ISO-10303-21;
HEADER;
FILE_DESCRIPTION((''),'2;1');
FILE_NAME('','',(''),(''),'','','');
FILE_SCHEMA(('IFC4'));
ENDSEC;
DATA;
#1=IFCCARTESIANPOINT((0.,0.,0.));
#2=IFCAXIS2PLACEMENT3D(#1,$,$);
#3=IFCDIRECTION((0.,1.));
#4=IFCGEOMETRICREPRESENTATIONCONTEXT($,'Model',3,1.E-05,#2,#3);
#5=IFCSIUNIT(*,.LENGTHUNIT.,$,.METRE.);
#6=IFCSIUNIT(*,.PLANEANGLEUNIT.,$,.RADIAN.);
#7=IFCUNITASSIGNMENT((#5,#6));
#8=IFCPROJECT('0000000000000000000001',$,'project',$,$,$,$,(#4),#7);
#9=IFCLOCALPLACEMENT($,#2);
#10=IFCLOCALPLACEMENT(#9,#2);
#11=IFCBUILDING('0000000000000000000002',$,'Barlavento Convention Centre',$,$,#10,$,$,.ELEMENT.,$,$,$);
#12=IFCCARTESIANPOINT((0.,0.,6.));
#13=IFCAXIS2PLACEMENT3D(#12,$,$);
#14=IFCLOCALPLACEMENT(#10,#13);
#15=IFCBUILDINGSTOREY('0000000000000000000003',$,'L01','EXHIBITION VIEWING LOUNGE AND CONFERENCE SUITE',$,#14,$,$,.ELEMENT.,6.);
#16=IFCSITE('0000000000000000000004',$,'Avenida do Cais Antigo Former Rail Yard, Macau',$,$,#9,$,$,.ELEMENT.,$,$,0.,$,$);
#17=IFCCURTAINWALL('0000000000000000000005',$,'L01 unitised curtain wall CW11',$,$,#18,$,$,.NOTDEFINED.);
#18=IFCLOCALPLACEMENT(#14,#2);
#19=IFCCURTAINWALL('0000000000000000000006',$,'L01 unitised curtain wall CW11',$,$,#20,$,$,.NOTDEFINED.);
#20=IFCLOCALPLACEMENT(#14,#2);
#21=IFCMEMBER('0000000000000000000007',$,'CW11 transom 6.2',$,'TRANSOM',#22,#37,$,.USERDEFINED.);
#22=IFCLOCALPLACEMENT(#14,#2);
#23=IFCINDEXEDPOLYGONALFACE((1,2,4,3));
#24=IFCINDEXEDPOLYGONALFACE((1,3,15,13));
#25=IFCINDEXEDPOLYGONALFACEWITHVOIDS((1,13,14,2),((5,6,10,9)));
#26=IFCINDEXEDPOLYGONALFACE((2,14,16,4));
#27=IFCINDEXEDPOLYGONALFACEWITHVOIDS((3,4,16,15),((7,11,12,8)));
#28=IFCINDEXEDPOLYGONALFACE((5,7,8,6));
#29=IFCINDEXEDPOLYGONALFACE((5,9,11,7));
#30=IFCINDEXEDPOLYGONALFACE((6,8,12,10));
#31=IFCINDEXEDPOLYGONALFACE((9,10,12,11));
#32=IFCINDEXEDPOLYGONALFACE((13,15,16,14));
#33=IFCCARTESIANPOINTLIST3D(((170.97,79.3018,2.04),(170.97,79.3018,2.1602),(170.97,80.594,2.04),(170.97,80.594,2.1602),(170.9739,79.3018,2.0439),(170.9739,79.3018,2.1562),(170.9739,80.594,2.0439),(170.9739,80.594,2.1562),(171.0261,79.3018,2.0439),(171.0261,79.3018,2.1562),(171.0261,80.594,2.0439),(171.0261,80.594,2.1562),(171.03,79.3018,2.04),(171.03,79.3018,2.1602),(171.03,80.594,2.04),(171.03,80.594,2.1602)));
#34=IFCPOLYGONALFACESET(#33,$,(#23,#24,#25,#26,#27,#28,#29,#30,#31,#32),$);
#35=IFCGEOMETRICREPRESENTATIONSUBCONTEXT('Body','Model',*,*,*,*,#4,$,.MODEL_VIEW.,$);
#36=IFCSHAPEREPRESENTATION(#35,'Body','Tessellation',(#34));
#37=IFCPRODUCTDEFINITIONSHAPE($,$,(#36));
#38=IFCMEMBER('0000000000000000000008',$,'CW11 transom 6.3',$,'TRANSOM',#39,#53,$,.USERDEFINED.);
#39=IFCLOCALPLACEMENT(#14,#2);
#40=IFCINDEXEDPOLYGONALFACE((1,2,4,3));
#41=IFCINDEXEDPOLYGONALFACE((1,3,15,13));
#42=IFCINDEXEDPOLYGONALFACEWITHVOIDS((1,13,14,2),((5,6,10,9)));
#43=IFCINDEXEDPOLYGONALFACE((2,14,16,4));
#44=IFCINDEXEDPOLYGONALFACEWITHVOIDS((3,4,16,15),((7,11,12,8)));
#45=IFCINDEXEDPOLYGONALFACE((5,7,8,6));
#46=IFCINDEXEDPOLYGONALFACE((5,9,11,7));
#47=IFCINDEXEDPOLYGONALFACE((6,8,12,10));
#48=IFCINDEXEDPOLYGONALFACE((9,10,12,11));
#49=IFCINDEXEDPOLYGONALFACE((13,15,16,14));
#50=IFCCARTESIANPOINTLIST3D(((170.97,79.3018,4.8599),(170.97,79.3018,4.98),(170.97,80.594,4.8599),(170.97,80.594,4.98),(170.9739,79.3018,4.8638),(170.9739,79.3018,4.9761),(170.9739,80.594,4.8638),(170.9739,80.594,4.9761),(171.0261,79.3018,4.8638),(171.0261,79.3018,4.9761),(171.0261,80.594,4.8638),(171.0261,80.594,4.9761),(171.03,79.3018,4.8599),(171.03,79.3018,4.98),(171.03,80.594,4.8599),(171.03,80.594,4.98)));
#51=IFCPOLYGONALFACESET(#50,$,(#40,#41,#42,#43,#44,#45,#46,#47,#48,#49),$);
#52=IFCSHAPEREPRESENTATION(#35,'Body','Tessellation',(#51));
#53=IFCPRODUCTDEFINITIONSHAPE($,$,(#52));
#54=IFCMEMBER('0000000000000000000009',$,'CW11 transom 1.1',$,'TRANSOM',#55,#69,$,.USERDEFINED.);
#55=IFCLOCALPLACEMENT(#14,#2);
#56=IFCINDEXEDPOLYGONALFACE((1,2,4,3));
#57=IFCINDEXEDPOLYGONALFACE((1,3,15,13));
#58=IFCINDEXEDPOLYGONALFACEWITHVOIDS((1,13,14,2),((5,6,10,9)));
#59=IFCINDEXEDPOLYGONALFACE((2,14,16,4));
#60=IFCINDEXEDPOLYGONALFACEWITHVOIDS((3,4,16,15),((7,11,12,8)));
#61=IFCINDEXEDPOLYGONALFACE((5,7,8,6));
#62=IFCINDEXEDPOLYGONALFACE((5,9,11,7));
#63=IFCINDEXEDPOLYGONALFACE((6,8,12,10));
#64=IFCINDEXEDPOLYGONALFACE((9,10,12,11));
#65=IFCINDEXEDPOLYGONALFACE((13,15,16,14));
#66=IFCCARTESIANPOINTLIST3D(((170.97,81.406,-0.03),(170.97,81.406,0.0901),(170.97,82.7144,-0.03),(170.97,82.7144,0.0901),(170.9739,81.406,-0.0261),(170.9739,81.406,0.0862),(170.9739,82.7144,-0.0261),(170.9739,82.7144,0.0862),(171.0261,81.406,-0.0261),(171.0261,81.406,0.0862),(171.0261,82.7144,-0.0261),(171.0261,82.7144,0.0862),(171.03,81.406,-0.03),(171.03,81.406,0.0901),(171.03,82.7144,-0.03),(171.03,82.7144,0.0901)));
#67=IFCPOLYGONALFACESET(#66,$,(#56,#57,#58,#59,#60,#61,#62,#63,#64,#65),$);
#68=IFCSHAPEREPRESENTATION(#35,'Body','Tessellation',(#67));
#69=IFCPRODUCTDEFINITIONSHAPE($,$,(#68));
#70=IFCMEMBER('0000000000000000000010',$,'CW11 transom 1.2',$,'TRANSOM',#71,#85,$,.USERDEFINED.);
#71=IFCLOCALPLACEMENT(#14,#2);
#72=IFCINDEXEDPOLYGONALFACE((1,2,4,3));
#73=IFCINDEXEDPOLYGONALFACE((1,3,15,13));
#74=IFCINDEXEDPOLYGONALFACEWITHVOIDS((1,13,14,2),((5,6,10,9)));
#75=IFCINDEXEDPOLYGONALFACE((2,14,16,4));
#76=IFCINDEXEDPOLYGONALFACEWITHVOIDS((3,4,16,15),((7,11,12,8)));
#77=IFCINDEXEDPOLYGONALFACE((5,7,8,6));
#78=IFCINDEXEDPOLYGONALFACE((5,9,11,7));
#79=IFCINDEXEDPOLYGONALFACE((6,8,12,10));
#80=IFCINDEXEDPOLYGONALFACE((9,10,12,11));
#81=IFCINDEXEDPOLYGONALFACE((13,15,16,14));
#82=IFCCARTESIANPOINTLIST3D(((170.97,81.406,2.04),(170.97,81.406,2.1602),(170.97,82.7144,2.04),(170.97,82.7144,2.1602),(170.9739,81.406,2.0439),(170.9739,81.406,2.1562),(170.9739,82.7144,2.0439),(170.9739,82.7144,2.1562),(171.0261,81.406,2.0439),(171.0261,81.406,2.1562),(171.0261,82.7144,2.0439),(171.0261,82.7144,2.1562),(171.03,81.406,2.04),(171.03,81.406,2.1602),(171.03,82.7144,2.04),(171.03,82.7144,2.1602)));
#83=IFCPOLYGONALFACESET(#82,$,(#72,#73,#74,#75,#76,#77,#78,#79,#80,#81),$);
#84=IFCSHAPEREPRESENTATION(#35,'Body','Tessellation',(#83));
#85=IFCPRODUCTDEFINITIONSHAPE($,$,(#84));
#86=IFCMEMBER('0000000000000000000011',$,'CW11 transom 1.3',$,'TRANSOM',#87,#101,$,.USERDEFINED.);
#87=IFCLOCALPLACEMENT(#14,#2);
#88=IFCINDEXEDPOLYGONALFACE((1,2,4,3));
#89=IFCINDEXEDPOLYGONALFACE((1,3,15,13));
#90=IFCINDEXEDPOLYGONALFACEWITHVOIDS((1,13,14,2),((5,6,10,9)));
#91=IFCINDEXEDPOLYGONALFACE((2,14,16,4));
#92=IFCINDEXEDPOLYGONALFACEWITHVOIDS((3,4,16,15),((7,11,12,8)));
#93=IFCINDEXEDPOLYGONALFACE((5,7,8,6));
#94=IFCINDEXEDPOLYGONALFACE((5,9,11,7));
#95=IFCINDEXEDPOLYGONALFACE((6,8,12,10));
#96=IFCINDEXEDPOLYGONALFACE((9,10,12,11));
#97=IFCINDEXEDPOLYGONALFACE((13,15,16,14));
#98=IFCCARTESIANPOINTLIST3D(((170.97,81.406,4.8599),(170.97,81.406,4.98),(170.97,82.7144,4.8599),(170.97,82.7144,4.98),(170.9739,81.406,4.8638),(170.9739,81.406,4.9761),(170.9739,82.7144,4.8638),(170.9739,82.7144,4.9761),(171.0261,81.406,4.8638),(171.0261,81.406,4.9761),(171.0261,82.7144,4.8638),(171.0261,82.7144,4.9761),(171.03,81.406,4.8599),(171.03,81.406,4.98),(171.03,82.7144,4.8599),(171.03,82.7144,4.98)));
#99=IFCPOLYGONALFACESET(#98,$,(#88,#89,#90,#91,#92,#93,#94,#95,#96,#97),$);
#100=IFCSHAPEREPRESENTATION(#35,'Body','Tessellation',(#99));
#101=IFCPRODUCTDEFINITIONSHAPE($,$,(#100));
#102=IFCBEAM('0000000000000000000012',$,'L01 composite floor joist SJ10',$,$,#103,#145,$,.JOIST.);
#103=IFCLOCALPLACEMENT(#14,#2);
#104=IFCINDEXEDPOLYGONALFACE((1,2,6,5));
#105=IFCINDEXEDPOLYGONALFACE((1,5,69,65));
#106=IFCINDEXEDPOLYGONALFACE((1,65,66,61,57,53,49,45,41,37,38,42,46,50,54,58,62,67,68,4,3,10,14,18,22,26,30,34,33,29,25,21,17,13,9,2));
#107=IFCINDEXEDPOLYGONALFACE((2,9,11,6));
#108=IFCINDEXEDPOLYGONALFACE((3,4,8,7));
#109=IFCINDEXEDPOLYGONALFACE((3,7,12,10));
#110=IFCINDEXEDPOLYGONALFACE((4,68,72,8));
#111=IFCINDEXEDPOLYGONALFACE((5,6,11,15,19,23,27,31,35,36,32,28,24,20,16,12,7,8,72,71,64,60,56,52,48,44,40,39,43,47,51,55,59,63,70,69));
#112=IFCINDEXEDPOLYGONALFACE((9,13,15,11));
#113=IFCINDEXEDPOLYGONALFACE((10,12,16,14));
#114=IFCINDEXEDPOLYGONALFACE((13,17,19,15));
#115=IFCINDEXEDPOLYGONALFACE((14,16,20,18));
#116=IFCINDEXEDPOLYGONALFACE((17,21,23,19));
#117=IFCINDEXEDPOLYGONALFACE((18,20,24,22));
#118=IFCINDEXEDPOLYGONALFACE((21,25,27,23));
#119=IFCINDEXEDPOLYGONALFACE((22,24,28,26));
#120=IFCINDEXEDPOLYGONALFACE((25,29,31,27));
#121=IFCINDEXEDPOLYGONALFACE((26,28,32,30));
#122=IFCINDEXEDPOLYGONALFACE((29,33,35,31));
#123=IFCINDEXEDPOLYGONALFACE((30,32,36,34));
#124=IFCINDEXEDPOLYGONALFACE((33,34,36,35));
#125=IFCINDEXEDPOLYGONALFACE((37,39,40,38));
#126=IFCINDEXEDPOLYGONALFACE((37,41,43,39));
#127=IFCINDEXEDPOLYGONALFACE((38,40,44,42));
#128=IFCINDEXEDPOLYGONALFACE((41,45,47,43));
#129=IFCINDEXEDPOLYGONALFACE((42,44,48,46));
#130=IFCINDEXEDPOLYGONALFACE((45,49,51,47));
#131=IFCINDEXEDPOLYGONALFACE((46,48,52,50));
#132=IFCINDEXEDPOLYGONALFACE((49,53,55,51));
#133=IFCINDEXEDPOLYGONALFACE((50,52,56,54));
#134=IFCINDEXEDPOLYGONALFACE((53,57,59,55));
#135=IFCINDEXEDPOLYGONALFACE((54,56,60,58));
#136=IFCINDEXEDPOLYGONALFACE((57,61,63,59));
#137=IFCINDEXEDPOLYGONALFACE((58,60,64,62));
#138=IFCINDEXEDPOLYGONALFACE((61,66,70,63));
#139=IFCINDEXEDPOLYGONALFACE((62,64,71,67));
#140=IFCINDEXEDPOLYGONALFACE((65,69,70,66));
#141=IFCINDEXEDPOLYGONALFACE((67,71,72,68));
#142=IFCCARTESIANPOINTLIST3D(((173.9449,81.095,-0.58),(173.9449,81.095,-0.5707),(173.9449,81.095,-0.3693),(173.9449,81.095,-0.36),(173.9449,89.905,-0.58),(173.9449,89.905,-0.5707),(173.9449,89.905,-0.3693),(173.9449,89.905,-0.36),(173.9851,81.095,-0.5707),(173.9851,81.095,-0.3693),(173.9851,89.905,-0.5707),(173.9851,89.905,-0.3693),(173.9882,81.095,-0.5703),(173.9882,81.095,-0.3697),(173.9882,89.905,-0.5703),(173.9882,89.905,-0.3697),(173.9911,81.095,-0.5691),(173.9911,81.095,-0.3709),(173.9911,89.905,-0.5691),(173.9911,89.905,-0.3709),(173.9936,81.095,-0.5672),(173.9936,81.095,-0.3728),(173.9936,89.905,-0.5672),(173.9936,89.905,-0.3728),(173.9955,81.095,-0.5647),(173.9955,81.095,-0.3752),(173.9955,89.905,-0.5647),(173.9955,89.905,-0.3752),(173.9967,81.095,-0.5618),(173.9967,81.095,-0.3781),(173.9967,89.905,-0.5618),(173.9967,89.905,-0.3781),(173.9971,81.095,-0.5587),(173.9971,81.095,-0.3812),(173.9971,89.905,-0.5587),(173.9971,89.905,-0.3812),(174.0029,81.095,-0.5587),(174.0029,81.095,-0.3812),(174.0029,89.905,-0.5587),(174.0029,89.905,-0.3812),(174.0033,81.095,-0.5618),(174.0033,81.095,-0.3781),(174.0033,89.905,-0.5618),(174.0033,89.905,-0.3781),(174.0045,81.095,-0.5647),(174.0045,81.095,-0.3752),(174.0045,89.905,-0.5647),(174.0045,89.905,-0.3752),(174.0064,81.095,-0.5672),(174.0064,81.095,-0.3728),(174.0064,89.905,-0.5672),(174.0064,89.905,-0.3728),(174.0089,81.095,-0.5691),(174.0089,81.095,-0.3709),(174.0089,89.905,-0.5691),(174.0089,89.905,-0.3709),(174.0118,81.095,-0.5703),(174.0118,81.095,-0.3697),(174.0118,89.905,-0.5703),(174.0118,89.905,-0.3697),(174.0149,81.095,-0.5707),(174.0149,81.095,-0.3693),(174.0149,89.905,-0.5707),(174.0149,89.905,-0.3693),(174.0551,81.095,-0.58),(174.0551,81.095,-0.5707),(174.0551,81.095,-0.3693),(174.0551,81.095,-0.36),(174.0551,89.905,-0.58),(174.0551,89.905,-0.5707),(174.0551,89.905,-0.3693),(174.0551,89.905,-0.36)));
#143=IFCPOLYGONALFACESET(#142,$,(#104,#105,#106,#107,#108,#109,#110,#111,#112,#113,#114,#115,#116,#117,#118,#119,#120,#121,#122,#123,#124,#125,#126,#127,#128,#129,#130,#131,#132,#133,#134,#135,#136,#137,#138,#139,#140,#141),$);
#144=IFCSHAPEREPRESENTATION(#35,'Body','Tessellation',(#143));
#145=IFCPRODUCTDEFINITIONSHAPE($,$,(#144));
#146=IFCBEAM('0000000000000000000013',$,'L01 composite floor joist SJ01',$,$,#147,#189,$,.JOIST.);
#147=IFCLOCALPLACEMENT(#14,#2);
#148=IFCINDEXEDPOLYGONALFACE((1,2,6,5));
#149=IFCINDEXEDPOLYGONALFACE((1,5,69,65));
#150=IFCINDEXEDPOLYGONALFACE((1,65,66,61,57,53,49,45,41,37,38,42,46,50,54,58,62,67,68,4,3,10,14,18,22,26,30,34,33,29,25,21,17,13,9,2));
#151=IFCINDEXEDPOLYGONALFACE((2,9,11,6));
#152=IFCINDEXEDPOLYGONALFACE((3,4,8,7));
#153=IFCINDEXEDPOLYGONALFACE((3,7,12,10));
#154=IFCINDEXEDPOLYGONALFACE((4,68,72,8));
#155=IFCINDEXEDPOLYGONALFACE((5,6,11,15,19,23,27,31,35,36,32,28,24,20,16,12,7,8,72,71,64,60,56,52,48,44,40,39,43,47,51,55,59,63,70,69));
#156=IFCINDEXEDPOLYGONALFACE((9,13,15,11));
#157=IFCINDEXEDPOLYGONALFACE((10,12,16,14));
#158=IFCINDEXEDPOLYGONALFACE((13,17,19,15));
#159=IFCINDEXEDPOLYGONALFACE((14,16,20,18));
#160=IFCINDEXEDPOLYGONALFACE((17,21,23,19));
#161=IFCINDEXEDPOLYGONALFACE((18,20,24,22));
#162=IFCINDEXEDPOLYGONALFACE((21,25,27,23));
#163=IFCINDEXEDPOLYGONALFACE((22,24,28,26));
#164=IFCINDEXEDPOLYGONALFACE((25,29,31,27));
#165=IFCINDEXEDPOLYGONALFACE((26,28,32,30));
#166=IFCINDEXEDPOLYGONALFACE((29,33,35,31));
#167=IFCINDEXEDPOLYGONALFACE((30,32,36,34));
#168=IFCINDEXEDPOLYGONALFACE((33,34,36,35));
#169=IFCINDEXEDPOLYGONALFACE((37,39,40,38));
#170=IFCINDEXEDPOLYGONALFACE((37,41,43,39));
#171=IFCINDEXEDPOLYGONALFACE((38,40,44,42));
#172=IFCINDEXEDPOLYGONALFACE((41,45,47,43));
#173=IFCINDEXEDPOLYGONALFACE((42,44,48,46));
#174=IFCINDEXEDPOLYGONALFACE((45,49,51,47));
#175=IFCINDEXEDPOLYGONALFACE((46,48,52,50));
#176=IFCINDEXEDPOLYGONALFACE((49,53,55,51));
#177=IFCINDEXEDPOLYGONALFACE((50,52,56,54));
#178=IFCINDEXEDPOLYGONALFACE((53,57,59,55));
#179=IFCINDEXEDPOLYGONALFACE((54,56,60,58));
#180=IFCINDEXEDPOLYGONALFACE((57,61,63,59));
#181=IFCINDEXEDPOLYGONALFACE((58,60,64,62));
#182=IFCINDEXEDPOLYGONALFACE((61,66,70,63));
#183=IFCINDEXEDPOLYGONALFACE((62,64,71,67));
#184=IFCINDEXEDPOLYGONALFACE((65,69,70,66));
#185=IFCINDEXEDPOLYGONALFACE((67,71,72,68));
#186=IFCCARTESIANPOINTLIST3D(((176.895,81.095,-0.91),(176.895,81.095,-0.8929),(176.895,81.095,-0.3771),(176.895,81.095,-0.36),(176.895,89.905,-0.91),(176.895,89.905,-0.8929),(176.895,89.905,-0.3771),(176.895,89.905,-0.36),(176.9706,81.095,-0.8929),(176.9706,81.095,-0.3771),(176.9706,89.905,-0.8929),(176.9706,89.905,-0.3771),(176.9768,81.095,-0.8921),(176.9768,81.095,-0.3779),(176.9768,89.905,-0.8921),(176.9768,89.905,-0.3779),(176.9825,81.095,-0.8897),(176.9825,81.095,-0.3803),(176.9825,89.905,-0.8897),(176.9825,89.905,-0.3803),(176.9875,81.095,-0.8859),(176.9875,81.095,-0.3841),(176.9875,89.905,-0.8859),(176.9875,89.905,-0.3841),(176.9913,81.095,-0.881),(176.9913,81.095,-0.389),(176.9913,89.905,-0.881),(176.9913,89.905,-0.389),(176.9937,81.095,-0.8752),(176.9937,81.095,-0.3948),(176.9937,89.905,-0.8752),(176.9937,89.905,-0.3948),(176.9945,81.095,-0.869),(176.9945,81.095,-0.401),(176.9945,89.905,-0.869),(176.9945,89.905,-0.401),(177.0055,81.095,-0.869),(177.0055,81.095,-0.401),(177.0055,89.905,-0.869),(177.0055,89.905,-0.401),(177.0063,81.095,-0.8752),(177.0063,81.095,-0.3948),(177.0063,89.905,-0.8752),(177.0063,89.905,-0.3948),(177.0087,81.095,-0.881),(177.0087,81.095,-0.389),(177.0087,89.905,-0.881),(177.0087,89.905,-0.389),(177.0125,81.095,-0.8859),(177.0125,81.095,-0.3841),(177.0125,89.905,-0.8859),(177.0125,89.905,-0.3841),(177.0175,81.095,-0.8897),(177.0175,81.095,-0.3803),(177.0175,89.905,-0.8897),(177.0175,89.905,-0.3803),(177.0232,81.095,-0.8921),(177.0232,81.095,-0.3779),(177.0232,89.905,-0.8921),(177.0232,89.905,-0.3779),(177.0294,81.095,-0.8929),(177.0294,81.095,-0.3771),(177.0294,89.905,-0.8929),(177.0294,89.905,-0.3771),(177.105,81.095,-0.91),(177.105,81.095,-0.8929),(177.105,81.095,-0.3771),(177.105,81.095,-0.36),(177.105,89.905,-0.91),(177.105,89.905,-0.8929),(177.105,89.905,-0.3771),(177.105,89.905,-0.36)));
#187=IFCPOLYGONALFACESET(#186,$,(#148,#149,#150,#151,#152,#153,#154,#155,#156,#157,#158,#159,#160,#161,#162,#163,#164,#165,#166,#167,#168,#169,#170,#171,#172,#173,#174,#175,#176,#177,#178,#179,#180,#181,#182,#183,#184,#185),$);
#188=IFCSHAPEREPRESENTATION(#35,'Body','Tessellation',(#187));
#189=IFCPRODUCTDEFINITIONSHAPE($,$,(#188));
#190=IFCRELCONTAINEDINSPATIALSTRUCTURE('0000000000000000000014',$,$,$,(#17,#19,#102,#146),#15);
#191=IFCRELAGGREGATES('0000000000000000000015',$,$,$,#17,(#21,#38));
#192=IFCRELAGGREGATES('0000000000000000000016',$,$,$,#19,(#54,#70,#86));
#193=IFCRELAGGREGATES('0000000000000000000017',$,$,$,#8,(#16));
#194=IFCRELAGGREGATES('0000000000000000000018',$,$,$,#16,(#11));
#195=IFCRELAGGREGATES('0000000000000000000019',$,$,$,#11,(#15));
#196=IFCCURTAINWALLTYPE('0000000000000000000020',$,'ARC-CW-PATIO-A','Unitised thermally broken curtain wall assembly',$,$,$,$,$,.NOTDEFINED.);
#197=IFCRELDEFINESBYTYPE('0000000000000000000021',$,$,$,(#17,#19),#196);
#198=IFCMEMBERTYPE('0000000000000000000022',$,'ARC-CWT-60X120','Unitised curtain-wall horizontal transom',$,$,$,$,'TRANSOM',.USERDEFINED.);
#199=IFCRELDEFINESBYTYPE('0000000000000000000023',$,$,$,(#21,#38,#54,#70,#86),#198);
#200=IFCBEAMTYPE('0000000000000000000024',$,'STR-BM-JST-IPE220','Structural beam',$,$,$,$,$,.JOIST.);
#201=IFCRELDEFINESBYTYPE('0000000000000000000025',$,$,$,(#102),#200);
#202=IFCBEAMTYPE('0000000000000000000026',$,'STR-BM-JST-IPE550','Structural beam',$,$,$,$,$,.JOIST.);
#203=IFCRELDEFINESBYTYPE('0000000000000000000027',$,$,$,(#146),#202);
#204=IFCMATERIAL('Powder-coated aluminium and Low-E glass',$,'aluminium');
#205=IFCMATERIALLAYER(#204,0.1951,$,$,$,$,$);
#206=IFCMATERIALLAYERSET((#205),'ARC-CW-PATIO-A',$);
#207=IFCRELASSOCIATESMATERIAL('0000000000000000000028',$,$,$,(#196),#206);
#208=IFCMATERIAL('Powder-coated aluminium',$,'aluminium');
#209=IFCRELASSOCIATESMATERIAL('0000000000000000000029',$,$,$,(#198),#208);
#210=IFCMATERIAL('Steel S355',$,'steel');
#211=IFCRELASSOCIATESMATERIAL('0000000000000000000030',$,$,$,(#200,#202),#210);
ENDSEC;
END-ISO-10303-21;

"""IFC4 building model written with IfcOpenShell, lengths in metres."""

from ifc_helpers import new_model, si_unit, direction, frame, origin, origin_2d, place, context, subcontext, project, spatial, hollow_rectangle, i_section, extrude, material, layer, layer_set, material_profile, profile_set, type_object, element, aggregate, save


model = new_model("IFC4")

# Units and contexts
model_context = context("Model", 3, precision=1e-05, world=origin(), true_north=direction((0.0, 1.0)))
body_context = subcontext(model_context, "Body", "Model", "MODEL_VIEW")
ifc_project = project(units=[si_unit("LENGTHUNIT", "METRE"), si_unit("PLANEANGLEUNIT", "RADIAN")], contexts=[model_context])

# Site, building, storey
site_placement = place(None, origin())
site = spatial("IfcSite", under=ifc_project, at=site_placement, Name="Avenida do Cais Antigo Former Rail Yard, Macau", CompositionType="ELEMENT", RefElevation=0.0)
building_placement = place(site_placement, origin())
building = spatial("IfcBuilding", under=site, at=building_placement, Name="Barlavento Convention Centre", CompositionType="ELEMENT")
storey_placement = place(building_placement, frame((0.0, 0.0, 6.0)))
storey = spatial("IfcBuildingStorey", under=building, at=storey_placement, Name="L01", Description="EXHIBITION VIEWING LOUNGE AND CONFERENCE SUITE", CompositionType="ELEMENT", Elevation=6.0)

# Shared definitions
ifc_material_1 = material(Name="Steel S355", Category="steel")

# Curtain wall
ifc_material_2 = material(Name="Powder-coated aluminium and Low-E glass", Category="aluminium")
ifc_layer_1 = layer(ifc_material_2, 0.1951)
ifc_layer_set_1 = layer_set([ifc_layer_1], Name="ARC-CW-PATIO-A")
curtain_wall_type = type_object("IfcCurtainWallType", Name="ARC-CW-PATIO-A", Description="Unitised thermally broken curtain wall assembly", PredefinedType="NOTDEFINED", material=ifc_layer_set_1)
curtain_wall_1_placement = place(storey_placement, origin())
curtain_wall_1 = element("IfcCurtainWall", 1, at=curtain_wall_1_placement, inside=storey, type_object=curtain_wall_type, Name="L01 unitised curtain wall CW11", PredefinedType="NOTDEFINED")
ifc_material_3 = material(Name="Powder-coated aluminium", Category="aluminium")

# Curtain wall
curtain_wall_2_placement = place(storey_placement, origin())
curtain_wall_2 = element("IfcCurtainWall", 2, at=curtain_wall_2_placement, inside=storey, type_object=curtain_wall_type, Name="L01 unitised curtain wall CW11", PredefinedType="NOTDEFINED")

# Members
ifc_material_profile_1 = material_profile(ifc_material_3, hollow_rectangle(XDim=0.0601, YDim=0.1201, WallThickness=0.0039, at=origin_2d()), Name="AL-TRAN 60x120x4")
ifc_profile_set_1 = profile_set([ifc_material_profile_1], Name="Powder-coated aluminium")
member_type_1 = type_object("IfcMemberType", Name="ARC-CWT-60X120", Description="Unitised curtain-wall horizontal transom", ElementType="TRANSOM", PredefinedType="USERDEFINED", material=ifc_profile_set_1)
member_1_placement = place(storey_placement, frame((171.0, 79.3018, 2.1001), z_axis=(0.0, 1.0, 0.0), x_axis=(-1.0, 0.0, 0.0)))
member_1 = element("IfcMember", 3, at=member_1_placement, type_object=member_type_1, Name="CW11 transom 6.2", ObjectType="TRANSOM", PredefinedType="USERDEFINED", context=body_context, shape_type="SweptSolid", body=[
    extrude(hollow_rectangle(XDim=0.0601, YDim=0.1201, WallThickness=0.0039, at=origin_2d()), origin(), (0.0, 0.0, 1.0), 1.2922),
])
member_2_placement = place(storey_placement, frame((171.0, 79.3018, 4.9199), z_axis=(0.0, 1.0, 0.0), x_axis=(-1.0, 0.0, 0.0)))
member_2 = element("IfcMember", 4, at=member_2_placement, type_object=member_type_1, Name="CW11 transom 6.3", ObjectType="TRANSOM", PredefinedType="USERDEFINED", context=body_context, shape_type="SweptSolid", body=[
    extrude(hollow_rectangle(XDim=0.0601, YDim=0.1201, WallThickness=0.0039, at=origin_2d()), origin(), (0.0, 0.0, 1.0), 1.2922),
])
member_3_placement = place(storey_placement, frame((171.0, 81.406, 0.03), z_axis=(0.0, 1.0, 0.0), x_axis=(-1.0, 0.0, 0.0)))
member_3 = element("IfcMember", 5, at=member_3_placement, type_object=member_type_1, Name="CW11 transom 1.1", ObjectType="TRANSOM", PredefinedType="USERDEFINED", context=body_context, shape_type="SweptSolid", body=[
    extrude(hollow_rectangle(XDim=0.0601, YDim=0.1201, WallThickness=0.0039, at=origin_2d()), origin(), (0.0, 0.0, 1.0), 1.3083),
])
member_4_placement = place(storey_placement, frame((171.0, 81.406, 2.1001), z_axis=(0.0, 1.0, 0.0), x_axis=(-1.0, 0.0, 0.0)))
member_4 = element("IfcMember", 6, at=member_4_placement, type_object=member_type_1, Name="CW11 transom 1.2", ObjectType="TRANSOM", PredefinedType="USERDEFINED", context=body_context, shape_type="SweptSolid", body=[
    extrude(hollow_rectangle(XDim=0.0601, YDim=0.1201, WallThickness=0.0039, at=origin_2d()), origin(), (0.0, 0.0, 1.0), 1.3083),
])
member_5_placement = place(storey_placement, frame((171.0, 81.406, 4.9199), z_axis=(0.0, 1.0, 0.0), x_axis=(-1.0, 0.0, 0.0)))
member_5 = element("IfcMember", 7, at=member_5_placement, type_object=member_type_1, Name="CW11 transom 1.3", ObjectType="TRANSOM", PredefinedType="USERDEFINED", context=body_context, shape_type="SweptSolid", body=[
    extrude(hollow_rectangle(XDim=0.0601, YDim=0.1201, WallThickness=0.0039, at=origin_2d()), origin(), (0.0, 0.0, 1.0), 1.3083),
])

# Beams
ifc_material_profile_2 = material_profile(ifc_material_1, i_section(OverallWidth=0.1101, OverallDepth=0.22, WebThickness=0.0059, FlangeThickness=0.0093, FilletRadius=0.012, at=origin_2d()), Name="IPE 220")
ifc_profile_set_2 = profile_set([ifc_material_profile_2], Name="Steel S355")
beam_type_1 = type_object("IfcBeamType", Name="STR-BM-JST-IPE220", Description="Structural beam", PredefinedType="JOIST", material=ifc_profile_set_2)
beam_1_placement = place(storey_placement, frame((174.0, 81.095, -0.47), z_axis=(0.0, 1.0, 0.0), x_axis=(-1.0, 0.0, 0.0)))
element("IfcBeam", 8, at=beam_1_placement, inside=storey, type_object=beam_type_1, Name="L01 composite floor joist SJ10", PredefinedType="JOIST", context=body_context, shape_type="SweptSolid", body=[
    extrude(i_section(OverallWidth=0.1101, OverallDepth=0.22, WebThickness=0.0059, FlangeThickness=0.0093, FilletRadius=0.012, at=origin_2d()), origin(), (0.0, 0.0, 1.0), 8.8101),
])
ifc_material_profile_3 = material_profile(ifc_material_1, i_section(OverallWidth=0.21, OverallDepth=0.55, WebThickness=0.011, FlangeThickness=0.0171, FilletRadius=0.0239, at=origin_2d()), Name="IPE 550")
ifc_profile_set_3 = profile_set([ifc_material_profile_3], Name="Steel S355")
beam_type_2 = type_object("IfcBeamType", Name="STR-BM-JST-IPE550", Description="Structural beam", PredefinedType="JOIST", material=ifc_profile_set_3)
beam_2_placement = place(storey_placement, frame((177.0, 81.095, -0.635), z_axis=(0.0, 1.0, 0.0), x_axis=(-1.0, 0.0, 0.0)))
element("IfcBeam", 9, at=beam_2_placement, inside=storey, type_object=beam_type_2, Name="L01 composite floor joist SJ01", PredefinedType="JOIST", context=body_context, shape_type="SweptSolid", body=[
    extrude(i_section(OverallWidth=0.21, OverallDepth=0.55, WebThickness=0.011, FlangeThickness=0.0171, FilletRadius=0.0239, at=origin_2d()), origin(), (0.0, 0.0, 1.0), 8.8101),
])

aggregate(curtain_wall_1, [member_1, member_2])
aggregate(curtain_wall_2, [member_3, member_4, member_5])

save(model, "model.ifc")
